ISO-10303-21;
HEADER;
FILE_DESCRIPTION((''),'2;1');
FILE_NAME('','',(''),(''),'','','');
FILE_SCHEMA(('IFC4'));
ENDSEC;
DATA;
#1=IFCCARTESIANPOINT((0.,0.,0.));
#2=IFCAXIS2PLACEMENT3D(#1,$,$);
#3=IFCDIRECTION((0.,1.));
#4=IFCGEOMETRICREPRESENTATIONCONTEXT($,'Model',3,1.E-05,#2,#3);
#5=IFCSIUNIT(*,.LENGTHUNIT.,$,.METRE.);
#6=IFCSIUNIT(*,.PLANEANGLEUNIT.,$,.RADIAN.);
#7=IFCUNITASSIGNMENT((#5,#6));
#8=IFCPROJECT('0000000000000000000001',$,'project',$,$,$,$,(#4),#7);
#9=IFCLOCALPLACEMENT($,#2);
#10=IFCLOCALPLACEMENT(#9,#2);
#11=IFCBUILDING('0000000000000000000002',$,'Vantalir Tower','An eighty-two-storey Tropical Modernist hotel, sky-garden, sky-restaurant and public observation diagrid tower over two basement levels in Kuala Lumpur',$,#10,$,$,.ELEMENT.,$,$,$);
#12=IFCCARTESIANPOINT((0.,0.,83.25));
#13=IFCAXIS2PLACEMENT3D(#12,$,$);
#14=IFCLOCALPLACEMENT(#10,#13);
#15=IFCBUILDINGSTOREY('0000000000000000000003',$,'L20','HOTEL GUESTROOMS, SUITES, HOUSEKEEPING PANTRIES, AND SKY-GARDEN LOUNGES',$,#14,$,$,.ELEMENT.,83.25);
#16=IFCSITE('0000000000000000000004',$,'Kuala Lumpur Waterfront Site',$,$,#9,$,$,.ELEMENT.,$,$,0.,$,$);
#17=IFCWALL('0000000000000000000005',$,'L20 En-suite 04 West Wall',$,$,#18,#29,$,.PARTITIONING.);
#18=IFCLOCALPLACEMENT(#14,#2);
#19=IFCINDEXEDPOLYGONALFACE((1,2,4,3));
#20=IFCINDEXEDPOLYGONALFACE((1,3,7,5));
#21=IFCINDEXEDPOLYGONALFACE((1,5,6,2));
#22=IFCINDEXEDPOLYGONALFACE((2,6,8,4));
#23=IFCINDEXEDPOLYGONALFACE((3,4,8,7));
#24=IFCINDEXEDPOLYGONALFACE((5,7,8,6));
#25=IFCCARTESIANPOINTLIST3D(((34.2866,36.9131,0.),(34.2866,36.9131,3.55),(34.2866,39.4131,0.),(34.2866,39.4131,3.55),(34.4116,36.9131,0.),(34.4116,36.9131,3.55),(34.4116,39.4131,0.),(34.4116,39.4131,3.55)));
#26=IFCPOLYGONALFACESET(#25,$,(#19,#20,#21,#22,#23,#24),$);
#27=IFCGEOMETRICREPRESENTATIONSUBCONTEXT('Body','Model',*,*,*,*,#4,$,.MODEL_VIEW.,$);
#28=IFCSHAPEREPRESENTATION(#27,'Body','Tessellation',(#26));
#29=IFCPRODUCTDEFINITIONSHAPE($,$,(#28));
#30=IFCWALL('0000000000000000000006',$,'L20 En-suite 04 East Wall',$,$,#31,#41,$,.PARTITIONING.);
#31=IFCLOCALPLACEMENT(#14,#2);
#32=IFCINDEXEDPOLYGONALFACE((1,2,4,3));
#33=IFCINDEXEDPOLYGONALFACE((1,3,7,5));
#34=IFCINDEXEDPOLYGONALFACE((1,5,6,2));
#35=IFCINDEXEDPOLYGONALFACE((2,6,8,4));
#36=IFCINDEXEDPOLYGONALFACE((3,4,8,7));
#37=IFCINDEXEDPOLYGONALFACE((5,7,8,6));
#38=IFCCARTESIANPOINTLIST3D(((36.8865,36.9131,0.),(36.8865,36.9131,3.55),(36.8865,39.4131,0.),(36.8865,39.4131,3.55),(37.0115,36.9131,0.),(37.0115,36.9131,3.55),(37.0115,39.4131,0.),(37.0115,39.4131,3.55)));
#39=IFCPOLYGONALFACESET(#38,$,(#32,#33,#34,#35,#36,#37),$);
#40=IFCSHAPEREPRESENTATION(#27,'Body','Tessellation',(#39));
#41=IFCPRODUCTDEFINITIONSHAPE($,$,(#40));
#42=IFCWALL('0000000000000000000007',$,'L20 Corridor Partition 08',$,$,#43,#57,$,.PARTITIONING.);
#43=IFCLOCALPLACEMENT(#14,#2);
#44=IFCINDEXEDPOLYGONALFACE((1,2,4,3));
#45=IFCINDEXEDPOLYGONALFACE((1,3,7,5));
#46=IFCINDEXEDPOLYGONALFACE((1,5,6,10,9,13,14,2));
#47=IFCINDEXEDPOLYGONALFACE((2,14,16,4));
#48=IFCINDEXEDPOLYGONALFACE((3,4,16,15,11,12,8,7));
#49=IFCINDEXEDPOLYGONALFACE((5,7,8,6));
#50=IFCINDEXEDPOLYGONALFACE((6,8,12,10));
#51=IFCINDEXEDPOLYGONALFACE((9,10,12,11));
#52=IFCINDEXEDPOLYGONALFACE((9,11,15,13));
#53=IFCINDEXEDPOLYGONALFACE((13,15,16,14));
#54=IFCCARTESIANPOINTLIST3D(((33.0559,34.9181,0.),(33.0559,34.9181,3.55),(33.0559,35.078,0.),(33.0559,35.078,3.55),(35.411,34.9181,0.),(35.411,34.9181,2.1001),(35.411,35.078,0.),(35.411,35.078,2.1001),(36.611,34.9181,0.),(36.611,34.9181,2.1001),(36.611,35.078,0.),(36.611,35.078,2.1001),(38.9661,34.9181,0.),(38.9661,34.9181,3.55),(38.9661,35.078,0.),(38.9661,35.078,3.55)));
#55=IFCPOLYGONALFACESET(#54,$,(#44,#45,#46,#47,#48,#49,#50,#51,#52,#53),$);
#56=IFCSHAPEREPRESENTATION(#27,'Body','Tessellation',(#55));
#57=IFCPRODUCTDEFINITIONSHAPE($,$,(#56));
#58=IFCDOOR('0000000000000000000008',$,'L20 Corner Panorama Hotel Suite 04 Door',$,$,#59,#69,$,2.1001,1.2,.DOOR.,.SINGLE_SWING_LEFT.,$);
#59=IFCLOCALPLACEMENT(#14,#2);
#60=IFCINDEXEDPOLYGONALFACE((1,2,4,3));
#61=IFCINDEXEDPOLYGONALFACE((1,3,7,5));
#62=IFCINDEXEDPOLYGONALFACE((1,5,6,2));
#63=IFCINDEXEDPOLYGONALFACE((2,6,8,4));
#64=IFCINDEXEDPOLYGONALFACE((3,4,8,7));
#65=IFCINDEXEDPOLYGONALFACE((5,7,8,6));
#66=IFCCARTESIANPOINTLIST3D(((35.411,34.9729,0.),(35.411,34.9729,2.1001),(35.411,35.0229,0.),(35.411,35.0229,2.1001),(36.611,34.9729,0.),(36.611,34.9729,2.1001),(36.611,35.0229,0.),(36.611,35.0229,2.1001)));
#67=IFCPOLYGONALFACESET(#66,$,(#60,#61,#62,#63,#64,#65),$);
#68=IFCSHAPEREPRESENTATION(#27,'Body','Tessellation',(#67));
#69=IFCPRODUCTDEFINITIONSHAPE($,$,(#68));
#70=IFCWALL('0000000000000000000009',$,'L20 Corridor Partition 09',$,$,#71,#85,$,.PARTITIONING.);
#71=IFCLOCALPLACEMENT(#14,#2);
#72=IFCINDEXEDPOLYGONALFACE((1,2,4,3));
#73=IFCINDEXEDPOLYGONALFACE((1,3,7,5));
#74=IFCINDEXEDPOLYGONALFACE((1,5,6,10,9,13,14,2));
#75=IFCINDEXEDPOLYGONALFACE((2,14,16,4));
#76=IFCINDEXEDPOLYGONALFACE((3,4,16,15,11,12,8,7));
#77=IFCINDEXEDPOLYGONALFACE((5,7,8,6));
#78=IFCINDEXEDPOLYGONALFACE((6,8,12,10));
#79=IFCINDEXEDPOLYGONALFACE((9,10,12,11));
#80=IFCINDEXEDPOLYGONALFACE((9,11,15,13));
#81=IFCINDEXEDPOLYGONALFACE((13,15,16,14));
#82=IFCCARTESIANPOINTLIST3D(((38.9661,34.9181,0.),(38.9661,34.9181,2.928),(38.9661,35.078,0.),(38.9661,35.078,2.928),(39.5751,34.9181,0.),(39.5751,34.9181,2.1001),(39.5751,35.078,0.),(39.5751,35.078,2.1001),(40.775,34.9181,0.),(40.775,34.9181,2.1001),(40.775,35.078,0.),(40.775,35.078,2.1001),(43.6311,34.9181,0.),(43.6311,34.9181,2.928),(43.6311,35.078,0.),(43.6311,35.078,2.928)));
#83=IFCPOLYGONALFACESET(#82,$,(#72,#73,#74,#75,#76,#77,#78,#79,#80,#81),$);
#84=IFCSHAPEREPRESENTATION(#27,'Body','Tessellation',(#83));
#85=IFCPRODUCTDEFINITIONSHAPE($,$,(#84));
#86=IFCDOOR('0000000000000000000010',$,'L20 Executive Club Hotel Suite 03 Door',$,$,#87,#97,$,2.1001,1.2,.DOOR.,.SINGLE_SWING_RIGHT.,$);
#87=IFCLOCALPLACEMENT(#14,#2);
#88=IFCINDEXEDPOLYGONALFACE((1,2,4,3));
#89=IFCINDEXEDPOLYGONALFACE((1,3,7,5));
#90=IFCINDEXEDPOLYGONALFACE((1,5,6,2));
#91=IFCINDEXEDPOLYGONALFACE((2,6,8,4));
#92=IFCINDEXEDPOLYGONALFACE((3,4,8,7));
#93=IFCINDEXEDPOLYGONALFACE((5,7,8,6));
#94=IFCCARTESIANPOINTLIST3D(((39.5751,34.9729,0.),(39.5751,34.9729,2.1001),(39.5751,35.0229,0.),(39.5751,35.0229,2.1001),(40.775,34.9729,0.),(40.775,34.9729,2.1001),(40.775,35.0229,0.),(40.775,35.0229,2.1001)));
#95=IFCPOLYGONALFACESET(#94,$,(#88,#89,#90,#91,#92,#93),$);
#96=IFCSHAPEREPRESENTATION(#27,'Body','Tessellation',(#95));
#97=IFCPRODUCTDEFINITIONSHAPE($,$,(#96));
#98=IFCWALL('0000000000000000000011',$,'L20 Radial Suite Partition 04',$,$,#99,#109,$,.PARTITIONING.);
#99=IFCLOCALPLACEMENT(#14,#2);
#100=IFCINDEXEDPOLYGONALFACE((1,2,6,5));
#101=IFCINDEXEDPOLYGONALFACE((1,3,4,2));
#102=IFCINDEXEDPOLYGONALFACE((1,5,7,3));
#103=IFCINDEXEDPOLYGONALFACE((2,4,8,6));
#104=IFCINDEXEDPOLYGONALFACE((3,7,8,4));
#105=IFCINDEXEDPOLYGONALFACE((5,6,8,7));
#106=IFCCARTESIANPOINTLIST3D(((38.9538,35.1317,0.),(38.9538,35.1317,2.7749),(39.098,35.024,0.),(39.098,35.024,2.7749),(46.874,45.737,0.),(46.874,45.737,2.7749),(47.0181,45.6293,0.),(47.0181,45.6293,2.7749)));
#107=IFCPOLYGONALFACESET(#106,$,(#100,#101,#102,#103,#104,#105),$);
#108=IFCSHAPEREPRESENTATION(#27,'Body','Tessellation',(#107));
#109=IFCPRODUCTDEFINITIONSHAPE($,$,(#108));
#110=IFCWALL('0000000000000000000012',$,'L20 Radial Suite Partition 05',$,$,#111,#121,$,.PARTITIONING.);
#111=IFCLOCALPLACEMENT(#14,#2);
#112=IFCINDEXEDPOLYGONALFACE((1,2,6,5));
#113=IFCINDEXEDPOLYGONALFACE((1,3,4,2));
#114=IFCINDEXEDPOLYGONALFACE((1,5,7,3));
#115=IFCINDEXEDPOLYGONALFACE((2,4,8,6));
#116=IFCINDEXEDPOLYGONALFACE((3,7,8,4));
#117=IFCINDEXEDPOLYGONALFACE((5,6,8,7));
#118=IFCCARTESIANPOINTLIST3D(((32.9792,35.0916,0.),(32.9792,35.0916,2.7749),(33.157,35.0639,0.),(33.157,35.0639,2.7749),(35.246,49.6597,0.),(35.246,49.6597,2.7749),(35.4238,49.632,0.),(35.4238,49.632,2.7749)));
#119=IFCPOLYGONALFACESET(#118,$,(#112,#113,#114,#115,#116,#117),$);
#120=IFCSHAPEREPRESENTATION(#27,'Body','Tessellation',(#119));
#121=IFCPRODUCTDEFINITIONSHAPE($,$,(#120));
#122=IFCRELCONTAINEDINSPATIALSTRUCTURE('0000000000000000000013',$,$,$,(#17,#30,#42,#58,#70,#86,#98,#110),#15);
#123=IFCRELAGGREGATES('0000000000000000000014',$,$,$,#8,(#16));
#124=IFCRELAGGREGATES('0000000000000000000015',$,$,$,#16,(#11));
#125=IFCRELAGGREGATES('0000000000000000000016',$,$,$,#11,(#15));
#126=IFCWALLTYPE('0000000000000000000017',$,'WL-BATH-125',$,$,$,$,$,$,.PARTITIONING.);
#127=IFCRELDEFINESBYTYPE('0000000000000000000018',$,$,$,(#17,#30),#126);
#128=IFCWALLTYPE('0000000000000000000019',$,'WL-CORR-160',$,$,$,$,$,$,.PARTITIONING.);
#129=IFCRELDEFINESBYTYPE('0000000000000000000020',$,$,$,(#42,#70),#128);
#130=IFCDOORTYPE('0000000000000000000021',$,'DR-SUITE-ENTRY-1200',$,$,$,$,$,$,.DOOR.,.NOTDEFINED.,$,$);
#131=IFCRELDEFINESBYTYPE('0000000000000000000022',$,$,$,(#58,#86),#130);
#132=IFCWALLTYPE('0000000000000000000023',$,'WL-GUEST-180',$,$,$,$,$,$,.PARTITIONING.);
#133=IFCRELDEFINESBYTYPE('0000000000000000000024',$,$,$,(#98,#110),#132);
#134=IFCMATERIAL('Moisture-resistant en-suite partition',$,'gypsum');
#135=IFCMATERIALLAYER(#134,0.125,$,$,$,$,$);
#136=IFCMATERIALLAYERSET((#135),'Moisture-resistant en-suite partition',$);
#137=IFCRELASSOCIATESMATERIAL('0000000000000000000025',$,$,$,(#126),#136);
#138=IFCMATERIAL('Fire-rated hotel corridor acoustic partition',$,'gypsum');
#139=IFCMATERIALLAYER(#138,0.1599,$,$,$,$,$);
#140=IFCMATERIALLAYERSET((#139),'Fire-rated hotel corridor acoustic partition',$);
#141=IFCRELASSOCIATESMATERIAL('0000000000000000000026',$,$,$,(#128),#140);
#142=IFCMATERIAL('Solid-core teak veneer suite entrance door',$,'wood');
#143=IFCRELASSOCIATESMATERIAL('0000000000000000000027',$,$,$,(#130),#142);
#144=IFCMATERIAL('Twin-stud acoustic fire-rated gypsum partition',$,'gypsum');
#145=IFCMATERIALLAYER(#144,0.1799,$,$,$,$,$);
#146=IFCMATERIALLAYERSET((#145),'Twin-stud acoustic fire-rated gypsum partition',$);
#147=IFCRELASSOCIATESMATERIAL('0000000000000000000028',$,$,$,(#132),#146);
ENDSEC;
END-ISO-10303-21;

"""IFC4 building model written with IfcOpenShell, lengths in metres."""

from ifc_helpers import new_model, si_unit, direction, frame, frame_2d, origin, place, context, subcontext, project, spatial, rectangle, extrude, material, layer, layer_set, type_object, element, fill, save


model = new_model("IFC4")

# Units and contexts
model_context = context("Model", 3, precision=1e-05, world=origin(), true_north=direction((0.0, 1.0)))
body_context = subcontext(model_context, "Body", "Model", "MODEL_VIEW")
ifc_project = project(units=[si_unit("LENGTHUNIT", "METRE"), si_unit("PLANEANGLEUNIT", "RADIAN")], contexts=[model_context])

# Site, building, storey
site_placement = place(None, origin())
site = spatial("IfcSite", under=ifc_project, at=site_placement, Name="Kuala Lumpur Waterfront Site", CompositionType="ELEMENT", RefElevation=0.0)
building_placement = place(site_placement, origin())
building = spatial("IfcBuilding", under=site, at=building_placement, Name="Vantalir Tower", Description="An eighty-two-storey Tropical Modernist hotel, sky-garden, sky-restaurant and public observation diagrid tower over two basement levels in Kuala Lumpur", CompositionType="ELEMENT")
storey_placement = place(building_placement, frame((0.0, 0.0, 83.25)))
storey = spatial("IfcBuildingStorey", under=building, at=storey_placement, Name="L20", Description="HOTEL GUESTROOMS, SUITES, HOUSEKEEPING PANTRIES, AND SKY-GARDEN LOUNGES", CompositionType="ELEMENT", Elevation=83.25)

# Shared definitions
ifc_material_1 = material(Name="Moisture-resistant en-suite partition", Category="gypsum")
ifc_layer_1 = layer(ifc_material_1, 0.125)
ifc_layer_set_1 = layer_set([ifc_layer_1], Name="Moisture-resistant en-suite partition")
wall_type_1 = type_object("IfcWallType", Name="WL-BATH-125", PredefinedType="PARTITIONING", material=ifc_layer_set_1)

# Walls
for number, where, z_axis, x_axis, name in (
    (1, (34.3491, 36.9131, 0.0), (0.0, 0.0, 1.0), (0.0, 1.0, 0.0), "L20 En-suite 04 West Wall"),
    (2, (36.949, 36.9131, 0.0), (0.0, 0.0, 1.0), (0.0, 1.0, 0.0), "L20 En-suite 04 East Wall"),
):
    element("IfcWall", number, at=place(storey_placement, frame(where, z_axis=z_axis, x_axis=x_axis)), inside=storey, type_object=wall_type_1, Name=name, PredefinedType="PARTITIONING", context=body_context, shape_type="SweptSolid", body=[
        extrude(rectangle(XDim=2.5, YDim=0.125, at=frame_2d((1.25, 0.0))), origin(), (0.0, 0.0, 1.0), 3.55),
    ])

# Walls, openings, doors
ifc_material_2 = material(Name="Fire-rated hotel corridor acoustic partition", Category="gypsum")
ifc_layer_2 = layer(ifc_material_2, 0.1599)
ifc_layer_set_2 = layer_set([ifc_layer_2], Name="Fire-rated hotel corridor acoustic partition")
wall_type_2 = type_object("IfcWallType", Name="WL-CORR-160", PredefinedType="PARTITIONING", material=ifc_layer_set_2)
wall_1_placement = place(storey_placement, frame((33.0559, 34.998, 0.0), z_axis=(0.0, 0.0, 1.0), x_axis=(1.0, 0.0, 0.0)))
wall_1 = element("IfcWall", 3, at=wall_1_placement, inside=storey, type_object=wall_type_2, Name="L20 Corridor Partition 08", PredefinedType="PARTITIONING", context=body_context, shape_type="SweptSolid", body=[
    extrude(rectangle(XDim=5.9102, YDim=0.1599, at=frame_2d((2.9551, 0.0))), origin(), (0.0, 0.0, 1.0), 3.55),
])
opening_1_placement = place(wall_1_placement, frame((2.355, 0.0, 0.0)))
opening_1 = element("IfcOpeningElement", 4, at=opening_1_placement, cuts=wall_1, PredefinedType="OPENING", context=body_context, shape_type="SweptSolid", body=[
    extrude(rectangle(XDim=1.2, YDim=2.1001, at=frame_2d((0.6001, 1.05))), frame((0.0, 0.0898, 0.0), z_axis=(0.0, -1.0, 0.0), x_axis=(1.0, 0.0, 0.0)), (0.0, 0.0, 1.0), 0.1799),
])
ifc_material_3 = material(Name="Solid-core teak veneer suite entrance door", Category="wood")
door_type_1 = type_object("IfcDoorType", Name="DR-SUITE-ENTRY-1200", OperationType="NOTDEFINED", PredefinedType="DOOR", material=ifc_material_3)
door_1_placement = place(opening_1_placement, origin())
door_1 = element("IfcDoor", 5, at=door_1_placement, inside=storey, type_object=door_type_1, Name="L20 Corner Panorama Hotel Suite 04 Door", OperationType="SINGLE_SWING_LEFT", OverallHeight=2.1001, OverallWidth=1.2, PredefinedType="DOOR", context=body_context, shape_type="SweptSolid", body=[
    extrude(rectangle(XDim=1.2, YDim=2.1001, at=frame_2d((0.6001, 1.05))), frame((0.0, 0.0249, 0.0), z_axis=(0.0, -1.0, 0.0), x_axis=(1.0, 0.0, 0.0)), (0.0, 0.0, 1.0), 0.05),
])
fill(opening_1, door_1)
wall_2_placement = place(storey_placement, frame((38.9661, 34.998, 0.0), z_axis=(0.0, 0.0, 1.0), x_axis=(1.0, 0.0, 0.0)))
wall_2 = element("IfcWall", 6, at=wall_2_placement, inside=storey, type_object=wall_type_2, Name="L20 Corridor Partition 09", PredefinedType="PARTITIONING", context=body_context, shape_type="SweptSolid", body=[
    extrude(rectangle(XDim=4.665, YDim=0.1599, at=frame_2d((2.3325, 0.0))), origin(), (0.0, 0.0, 1.0), 2.928),
])
opening_2_placement = place(wall_2_placement, frame((0.6089, 0.0, 0.0)))
opening_2 = element("IfcOpeningElement", 7, at=opening_2_placement, cuts=wall_2, PredefinedType="OPENING", context=body_context, shape_type="SweptSolid", body=[
    extrude(rectangle(XDim=1.2, YDim=2.1001, at=frame_2d((0.6001, 1.05))), frame((0.0, 0.0898, 0.0), z_axis=(0.0, -1.0, 0.0), x_axis=(1.0, 0.0, 0.0)), (0.0, 0.0, 1.0), 0.1799),
])
door_2_placement = place(opening_2_placement, origin())
door_2 = element("IfcDoor", 8, at=door_2_placement, inside=storey, type_object=door_type_1, Name="L20 Executive Club Hotel Suite 03 Door", OperationType="SINGLE_SWING_RIGHT", OverallHeight=2.1001, OverallWidth=1.2, PredefinedType="DOOR", context=body_context, shape_type="SweptSolid", body=[
    extrude(rectangle(XDim=1.2, YDim=2.1001, at=frame_2d((0.6001, 1.05))), frame((0.0, 0.0249, 0.0), z_axis=(0.0, -1.0, 0.0), x_axis=(1.0, 0.0, 0.0)), (0.0, 0.0, 1.0), 0.05),
])
fill(opening_2, door_2)

# Walls
ifc_material_4 = material(Name="Twin-stud acoustic fire-rated gypsum partition", Category="gypsum")
ifc_layer_3 = layer(ifc_material_4, 0.1799)
ifc_layer_set_3 = layer_set([ifc_layer_3], Name="Twin-stud acoustic fire-rated gypsum partition")
wall_type_3 = type_object("IfcWallType", Name="WL-GUEST-180", PredefinedType="PARTITIONING", material=ifc_layer_set_3)
wall_3_placement = place(storey_placement, frame((39.0259, 35.0779, 0.0), z_axis=(0.0, 0.0, 1.0), x_axis=(0.598367, 0.801222, 0.0)))
element("IfcWall", 9, at=wall_3_placement, inside=storey, type_object=wall_type_3, Name="L20 Radial Suite Partition 04", PredefinedType="PARTITIONING", context=body_context, shape_type="SweptSolid", body=[
    extrude(rectangle(XDim=13.2363, YDim=0.1799, at=frame_2d((6.6182, 0.0))), origin(), (0.0, 0.0, 1.0), 2.7749),
])
wall_4_placement = place(storey_placement, frame((33.0681, 35.0779, 0.0), z_axis=(0.0, 0.0, 1.0), x_axis=(0.153753, 0.988109, 0.0)))
element("IfcWall", 10, at=wall_4_placement, inside=storey, type_object=wall_type_3, Name="L20 Radial Suite Partition 05", PredefinedType="PARTITIONING", context=body_context, shape_type="SweptSolid", body=[
    extrude(rectangle(XDim=14.7434, YDim=0.1799, at=frame_2d((7.3716, 0.0))), origin(), (0.0, 0.0, 1.0), 2.7749),
])

save(model, "model.ifc")
